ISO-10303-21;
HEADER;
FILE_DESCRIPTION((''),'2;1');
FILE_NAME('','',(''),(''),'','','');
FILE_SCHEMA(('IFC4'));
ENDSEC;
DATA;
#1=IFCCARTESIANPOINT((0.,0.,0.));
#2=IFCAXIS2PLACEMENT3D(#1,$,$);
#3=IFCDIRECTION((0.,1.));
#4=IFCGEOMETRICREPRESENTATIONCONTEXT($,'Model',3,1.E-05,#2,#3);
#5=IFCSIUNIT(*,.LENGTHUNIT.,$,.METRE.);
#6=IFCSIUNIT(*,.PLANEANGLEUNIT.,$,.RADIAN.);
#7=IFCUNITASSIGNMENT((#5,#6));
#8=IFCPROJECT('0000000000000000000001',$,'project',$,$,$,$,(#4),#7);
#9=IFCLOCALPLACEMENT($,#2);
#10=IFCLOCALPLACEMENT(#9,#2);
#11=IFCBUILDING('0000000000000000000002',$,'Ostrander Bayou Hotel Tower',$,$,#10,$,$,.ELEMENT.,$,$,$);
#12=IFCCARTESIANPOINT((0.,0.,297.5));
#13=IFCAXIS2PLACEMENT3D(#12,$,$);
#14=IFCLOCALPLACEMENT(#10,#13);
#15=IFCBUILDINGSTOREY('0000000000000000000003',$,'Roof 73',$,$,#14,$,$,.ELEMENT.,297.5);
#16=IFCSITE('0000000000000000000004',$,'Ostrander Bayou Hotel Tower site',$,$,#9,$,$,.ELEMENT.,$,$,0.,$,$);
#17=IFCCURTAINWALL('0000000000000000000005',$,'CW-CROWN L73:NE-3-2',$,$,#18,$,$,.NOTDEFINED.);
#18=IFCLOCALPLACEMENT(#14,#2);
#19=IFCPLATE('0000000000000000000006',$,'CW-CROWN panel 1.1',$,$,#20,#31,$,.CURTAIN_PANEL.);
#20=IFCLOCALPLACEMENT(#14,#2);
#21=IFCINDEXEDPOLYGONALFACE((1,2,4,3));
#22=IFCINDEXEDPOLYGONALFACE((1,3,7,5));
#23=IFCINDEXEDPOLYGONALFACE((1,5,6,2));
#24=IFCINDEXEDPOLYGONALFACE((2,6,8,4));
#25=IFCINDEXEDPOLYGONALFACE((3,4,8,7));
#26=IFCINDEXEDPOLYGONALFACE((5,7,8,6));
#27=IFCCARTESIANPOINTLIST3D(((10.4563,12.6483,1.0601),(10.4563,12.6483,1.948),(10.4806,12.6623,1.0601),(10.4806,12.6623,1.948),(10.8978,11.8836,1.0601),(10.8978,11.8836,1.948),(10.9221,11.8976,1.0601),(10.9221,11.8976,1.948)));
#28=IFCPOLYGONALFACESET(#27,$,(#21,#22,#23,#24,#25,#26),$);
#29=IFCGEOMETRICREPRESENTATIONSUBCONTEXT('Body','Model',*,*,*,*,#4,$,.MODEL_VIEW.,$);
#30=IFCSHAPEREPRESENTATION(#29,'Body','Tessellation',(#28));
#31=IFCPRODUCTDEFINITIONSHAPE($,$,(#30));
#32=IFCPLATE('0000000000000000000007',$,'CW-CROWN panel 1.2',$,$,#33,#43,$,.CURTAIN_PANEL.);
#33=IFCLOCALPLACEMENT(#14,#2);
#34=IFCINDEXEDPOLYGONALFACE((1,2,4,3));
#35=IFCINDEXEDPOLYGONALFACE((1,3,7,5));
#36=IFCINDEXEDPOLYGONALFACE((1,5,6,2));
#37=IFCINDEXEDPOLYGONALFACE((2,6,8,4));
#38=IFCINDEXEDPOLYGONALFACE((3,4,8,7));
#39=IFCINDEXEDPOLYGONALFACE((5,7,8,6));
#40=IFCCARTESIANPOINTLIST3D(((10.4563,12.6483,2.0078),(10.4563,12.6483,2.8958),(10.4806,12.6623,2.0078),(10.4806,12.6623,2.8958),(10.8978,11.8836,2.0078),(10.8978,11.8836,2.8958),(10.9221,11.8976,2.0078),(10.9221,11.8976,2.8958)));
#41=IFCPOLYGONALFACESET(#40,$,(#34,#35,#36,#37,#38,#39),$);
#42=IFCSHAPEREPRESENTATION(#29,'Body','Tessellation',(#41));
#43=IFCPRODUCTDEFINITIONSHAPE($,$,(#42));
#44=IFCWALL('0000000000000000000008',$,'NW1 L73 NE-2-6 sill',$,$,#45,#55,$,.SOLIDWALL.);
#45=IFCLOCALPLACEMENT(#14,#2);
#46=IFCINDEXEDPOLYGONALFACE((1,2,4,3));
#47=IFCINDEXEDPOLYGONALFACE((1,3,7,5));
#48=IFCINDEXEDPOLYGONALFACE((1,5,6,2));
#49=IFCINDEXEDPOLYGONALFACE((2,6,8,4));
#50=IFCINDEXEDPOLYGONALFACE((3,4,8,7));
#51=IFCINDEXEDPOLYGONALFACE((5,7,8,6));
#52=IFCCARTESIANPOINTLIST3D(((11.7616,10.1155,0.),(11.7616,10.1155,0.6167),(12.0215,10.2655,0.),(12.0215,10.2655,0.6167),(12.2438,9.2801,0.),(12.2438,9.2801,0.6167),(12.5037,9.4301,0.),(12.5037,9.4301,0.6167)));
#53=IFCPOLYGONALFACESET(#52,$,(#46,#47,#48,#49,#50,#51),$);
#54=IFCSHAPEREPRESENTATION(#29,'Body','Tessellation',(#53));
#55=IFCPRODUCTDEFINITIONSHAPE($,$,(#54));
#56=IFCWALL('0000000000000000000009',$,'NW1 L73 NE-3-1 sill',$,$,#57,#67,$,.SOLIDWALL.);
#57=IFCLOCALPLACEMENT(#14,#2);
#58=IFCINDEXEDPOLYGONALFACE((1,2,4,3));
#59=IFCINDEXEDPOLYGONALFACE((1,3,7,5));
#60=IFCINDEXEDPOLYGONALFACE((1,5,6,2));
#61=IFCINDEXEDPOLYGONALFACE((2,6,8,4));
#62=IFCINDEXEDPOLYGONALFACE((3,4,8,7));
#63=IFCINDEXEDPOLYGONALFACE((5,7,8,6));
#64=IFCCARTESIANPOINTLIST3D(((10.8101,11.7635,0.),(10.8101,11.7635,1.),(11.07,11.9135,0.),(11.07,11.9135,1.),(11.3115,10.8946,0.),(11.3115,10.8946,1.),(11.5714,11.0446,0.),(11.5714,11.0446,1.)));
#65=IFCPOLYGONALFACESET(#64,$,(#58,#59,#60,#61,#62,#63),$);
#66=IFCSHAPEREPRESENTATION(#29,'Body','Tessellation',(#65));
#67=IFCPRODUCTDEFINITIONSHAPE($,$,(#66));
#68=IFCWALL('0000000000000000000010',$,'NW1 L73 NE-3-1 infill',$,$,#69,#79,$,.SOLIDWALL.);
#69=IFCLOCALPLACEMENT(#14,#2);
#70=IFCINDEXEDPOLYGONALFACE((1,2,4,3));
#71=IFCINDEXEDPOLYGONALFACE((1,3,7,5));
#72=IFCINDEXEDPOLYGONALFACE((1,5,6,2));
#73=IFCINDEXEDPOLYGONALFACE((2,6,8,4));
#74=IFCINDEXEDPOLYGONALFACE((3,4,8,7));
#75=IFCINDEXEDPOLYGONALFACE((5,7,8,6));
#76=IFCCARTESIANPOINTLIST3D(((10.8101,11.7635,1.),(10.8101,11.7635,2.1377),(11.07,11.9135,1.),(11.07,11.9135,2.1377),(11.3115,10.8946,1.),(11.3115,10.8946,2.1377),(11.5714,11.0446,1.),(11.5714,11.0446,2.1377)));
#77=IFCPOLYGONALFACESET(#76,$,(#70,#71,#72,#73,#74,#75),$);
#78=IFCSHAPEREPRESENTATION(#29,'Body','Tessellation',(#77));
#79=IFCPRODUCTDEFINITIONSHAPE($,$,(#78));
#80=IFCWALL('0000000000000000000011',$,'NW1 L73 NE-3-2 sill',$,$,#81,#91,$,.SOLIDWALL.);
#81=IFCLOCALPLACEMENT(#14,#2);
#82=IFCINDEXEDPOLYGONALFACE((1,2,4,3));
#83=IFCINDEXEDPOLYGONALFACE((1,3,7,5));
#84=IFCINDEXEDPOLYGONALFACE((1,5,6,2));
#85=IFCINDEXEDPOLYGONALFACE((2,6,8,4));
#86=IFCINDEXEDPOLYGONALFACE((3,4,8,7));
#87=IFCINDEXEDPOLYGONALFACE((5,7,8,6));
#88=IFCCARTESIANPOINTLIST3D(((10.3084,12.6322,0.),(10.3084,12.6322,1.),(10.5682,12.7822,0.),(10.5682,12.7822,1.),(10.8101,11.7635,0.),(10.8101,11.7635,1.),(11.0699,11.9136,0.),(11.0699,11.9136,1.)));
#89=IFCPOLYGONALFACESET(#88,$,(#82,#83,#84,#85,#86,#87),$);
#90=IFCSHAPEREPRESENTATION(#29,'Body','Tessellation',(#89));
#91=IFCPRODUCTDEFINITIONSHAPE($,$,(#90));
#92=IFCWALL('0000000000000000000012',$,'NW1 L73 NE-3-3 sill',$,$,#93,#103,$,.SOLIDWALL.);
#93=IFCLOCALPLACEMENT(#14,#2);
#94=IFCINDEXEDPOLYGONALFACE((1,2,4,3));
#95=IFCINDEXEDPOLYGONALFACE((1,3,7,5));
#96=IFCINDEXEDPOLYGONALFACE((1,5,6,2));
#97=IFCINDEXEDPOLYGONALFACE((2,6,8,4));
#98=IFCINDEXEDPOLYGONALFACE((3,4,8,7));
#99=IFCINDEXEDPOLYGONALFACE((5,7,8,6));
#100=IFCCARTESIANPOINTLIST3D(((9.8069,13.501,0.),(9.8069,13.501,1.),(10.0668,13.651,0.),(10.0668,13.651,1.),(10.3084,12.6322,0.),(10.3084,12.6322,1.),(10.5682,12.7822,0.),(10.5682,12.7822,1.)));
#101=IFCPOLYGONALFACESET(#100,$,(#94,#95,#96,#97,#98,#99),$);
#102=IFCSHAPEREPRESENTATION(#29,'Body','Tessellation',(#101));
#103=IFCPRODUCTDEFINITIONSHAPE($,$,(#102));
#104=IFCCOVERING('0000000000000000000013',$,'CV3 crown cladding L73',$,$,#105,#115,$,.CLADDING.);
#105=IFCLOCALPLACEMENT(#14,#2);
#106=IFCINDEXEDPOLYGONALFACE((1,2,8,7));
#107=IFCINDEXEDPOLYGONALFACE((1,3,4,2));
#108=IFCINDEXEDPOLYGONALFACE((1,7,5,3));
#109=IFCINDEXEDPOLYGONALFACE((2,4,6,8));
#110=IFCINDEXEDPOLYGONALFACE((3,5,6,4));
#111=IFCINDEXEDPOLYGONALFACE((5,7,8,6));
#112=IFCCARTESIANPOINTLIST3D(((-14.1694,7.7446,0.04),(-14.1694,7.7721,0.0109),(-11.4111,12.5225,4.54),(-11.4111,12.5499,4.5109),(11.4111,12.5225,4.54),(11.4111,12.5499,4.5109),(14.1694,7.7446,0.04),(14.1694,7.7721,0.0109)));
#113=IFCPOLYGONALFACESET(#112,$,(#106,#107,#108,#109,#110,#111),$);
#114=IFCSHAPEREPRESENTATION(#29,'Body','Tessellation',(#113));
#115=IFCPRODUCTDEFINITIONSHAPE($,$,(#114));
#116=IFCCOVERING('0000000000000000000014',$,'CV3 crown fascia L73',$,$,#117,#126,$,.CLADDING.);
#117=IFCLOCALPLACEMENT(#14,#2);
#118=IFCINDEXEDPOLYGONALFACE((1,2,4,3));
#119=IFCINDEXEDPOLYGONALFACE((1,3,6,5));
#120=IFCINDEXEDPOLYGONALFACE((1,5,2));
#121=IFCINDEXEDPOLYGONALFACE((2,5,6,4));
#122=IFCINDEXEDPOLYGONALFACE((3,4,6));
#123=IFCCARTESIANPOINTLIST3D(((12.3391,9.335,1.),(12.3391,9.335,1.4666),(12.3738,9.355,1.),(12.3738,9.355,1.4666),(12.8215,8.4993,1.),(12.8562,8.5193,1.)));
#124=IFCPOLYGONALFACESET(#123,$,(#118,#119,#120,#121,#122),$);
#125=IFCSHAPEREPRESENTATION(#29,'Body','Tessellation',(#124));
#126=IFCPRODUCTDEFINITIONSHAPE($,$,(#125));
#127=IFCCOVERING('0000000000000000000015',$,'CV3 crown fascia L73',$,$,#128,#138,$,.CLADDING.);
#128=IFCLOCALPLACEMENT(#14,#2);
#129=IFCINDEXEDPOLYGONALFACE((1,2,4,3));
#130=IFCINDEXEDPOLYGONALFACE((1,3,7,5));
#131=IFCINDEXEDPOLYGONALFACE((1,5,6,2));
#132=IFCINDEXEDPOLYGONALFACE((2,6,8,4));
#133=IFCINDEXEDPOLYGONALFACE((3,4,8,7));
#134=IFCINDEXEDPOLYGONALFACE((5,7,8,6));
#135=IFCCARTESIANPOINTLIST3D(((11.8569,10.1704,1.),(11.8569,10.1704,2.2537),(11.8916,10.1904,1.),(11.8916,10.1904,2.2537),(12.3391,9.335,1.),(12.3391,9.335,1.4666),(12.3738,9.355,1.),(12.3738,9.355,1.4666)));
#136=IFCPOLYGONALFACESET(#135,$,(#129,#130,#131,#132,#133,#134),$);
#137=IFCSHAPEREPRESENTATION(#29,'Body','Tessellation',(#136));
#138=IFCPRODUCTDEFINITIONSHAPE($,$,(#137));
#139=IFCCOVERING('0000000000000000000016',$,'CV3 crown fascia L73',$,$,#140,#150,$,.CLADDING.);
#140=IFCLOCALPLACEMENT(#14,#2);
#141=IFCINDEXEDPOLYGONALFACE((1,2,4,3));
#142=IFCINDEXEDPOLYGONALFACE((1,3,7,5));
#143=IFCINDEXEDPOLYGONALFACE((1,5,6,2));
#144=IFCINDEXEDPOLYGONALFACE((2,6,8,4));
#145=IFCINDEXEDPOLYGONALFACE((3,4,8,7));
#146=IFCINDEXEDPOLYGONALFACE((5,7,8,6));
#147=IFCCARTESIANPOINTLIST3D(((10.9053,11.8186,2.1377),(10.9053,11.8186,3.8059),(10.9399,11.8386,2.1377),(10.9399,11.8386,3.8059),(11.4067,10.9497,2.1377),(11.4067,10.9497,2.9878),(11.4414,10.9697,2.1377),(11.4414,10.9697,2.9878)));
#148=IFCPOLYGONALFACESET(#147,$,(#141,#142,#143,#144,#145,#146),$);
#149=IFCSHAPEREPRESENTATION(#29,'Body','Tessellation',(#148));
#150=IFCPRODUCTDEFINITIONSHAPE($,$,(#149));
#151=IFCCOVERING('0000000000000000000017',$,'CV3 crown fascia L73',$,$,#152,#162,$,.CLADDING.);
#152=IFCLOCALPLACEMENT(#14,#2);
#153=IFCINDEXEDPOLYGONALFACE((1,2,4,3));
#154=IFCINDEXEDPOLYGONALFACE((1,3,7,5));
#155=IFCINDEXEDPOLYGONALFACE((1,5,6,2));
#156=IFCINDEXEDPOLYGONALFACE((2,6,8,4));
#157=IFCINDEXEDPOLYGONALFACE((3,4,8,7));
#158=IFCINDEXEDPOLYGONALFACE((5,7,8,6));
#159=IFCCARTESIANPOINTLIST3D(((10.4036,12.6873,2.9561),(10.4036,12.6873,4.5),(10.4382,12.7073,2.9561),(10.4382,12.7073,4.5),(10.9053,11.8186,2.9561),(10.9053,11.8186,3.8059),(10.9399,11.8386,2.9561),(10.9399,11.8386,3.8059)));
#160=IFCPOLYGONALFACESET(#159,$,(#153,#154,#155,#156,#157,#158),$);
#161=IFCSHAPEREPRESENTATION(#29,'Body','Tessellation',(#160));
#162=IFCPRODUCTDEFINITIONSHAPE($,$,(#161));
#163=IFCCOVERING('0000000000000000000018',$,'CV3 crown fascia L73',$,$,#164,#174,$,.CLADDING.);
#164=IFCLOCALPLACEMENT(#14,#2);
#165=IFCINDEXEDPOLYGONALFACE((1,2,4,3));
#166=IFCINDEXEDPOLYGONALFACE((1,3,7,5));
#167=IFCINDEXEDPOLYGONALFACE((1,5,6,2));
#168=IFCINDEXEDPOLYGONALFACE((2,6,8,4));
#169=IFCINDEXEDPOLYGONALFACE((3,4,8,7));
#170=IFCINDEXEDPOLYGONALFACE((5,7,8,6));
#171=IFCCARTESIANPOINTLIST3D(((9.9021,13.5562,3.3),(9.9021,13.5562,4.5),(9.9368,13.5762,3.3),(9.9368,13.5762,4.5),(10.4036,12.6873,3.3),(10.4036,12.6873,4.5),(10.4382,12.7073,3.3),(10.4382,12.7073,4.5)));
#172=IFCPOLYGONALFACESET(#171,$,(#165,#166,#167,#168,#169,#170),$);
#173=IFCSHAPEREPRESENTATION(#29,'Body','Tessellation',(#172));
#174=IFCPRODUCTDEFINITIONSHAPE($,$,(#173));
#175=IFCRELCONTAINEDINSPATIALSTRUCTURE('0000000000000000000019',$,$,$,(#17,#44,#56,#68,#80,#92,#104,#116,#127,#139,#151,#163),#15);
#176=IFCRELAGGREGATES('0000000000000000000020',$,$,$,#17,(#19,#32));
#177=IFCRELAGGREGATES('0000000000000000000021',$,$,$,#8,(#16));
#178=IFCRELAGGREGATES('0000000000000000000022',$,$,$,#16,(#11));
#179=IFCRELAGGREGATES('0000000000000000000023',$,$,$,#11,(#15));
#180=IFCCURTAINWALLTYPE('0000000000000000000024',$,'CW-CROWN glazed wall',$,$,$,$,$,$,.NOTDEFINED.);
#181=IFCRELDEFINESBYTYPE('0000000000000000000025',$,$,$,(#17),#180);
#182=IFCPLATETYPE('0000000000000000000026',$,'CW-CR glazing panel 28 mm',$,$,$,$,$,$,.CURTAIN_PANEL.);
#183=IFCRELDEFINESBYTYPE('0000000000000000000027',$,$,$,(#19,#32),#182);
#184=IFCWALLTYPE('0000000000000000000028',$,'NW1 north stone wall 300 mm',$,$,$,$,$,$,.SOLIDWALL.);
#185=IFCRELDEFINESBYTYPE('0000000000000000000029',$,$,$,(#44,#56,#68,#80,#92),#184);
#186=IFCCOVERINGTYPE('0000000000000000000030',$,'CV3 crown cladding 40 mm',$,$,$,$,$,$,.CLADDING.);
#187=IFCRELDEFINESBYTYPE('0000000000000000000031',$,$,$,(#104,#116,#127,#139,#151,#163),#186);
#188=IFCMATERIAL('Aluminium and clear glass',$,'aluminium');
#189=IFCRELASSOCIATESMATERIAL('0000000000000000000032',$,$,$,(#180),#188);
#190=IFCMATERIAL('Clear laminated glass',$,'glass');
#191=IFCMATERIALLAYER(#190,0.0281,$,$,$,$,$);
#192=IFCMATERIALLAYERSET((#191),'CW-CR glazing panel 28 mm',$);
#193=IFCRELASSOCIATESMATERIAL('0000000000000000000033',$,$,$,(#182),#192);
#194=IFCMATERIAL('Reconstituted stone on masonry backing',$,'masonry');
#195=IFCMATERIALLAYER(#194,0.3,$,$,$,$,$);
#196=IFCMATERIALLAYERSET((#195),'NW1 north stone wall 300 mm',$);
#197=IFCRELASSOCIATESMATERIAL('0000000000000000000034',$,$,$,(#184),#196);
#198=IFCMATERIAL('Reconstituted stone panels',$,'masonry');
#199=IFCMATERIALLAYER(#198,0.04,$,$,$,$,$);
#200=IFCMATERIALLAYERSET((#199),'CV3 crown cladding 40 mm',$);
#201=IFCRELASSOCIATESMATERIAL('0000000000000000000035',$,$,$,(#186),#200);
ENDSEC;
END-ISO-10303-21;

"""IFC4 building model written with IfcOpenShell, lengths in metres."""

from ifc_helpers import new_model, si_unit, direction, frame, frame_2d, origin, origin_2d, place, context, subcontext, project, spatial, polyline, rectangle, outline, extrude, material, layer, layer_set, type_object, element, aggregate, save


model = new_model("IFC4")

# Units and contexts
model_context = context("Model", 3, precision=1e-05, world=origin(), true_north=direction((0.0, 1.0)))
body_context = subcontext(model_context, "Body", "Model", "MODEL_VIEW")
ifc_project = project(units=[si_unit("LENGTHUNIT", "METRE"), si_unit("PLANEANGLEUNIT", "RADIAN")], contexts=[model_context])

# Site, building, storey
site_placement = place(None, origin())
site = spatial("IfcSite", under=ifc_project, at=site_placement, Name="Ostrander Bayou Hotel Tower site", CompositionType="ELEMENT", RefElevation=0.0)
building_placement = place(site_placement, origin())
building = spatial("IfcBuilding", under=site, at=building_placement, Name="Ostrander Bayou Hotel Tower", CompositionType="ELEMENT")
storey_placement = place(building_placement, frame((0.0, 0.0, 297.5)))
storey = spatial("IfcBuildingStorey", under=building, at=storey_placement, Name="Roof 73", CompositionType="ELEMENT", Elevation=297.5)

# Curtain wall
ifc_material_1 = material(Name="Aluminium and clear glass", Category="aluminium")
curtain_wall_type = type_object("IfcCurtainWallType", Name="CW-CROWN glazed wall", PredefinedType="NOTDEFINED", material=ifc_material_1)
curtain_wall_1_placement = place(storey_placement, origin())
curtain_wall_1 = element("IfcCurtainWall", 1, at=curtain_wall_1_placement, inside=storey, type_object=curtain_wall_type, Name="CW-CROWN L73:NE-3-2", PredefinedType="NOTDEFINED")

# Plates
ifc_material_2 = material(Name="Clear laminated glass", Category="glass")
ifc_layer_1 = layer(ifc_material_2, 0.0281)
ifc_layer_set_1 = layer_set([ifc_layer_1], Name="CW-CR glazing panel 28 mm")
plate_type = type_object("IfcPlateType", Name="CW-CR glazing panel 28 mm", PredefinedType="CURTAIN_PANEL", material=ifc_layer_set_1)
plate_1_placement = place(storey_placement, frame((10.6892, 12.2729, 1.0601), z_axis=(0.0, 0.0, 1.0), x_axis=(-0.500042, 0.866001, 0.0)))
plate_1 = element("IfcPlate", 2, at=plate_1_placement, type_object=plate_type, Name="CW-CROWN panel 1.1", PredefinedType="CURTAIN_PANEL", context=body_context, shape_type="SweptSolid", body=[
    extrude(rectangle(XDim=0.8831, YDim=0.0281, at=origin_2d()), origin(), (0.0, 0.0, 1.0), 0.8879),
])
plate_2_placement = place(storey_placement, frame((10.6892, 12.2729, 2.0078), z_axis=(0.0, 0.0, 1.0), x_axis=(-0.500042, 0.866001, 0.0)))
plate_2 = element("IfcPlate", 3, at=plate_2_placement, type_object=plate_type, Name="CW-CROWN panel 1.2", PredefinedType="CURTAIN_PANEL", context=body_context, shape_type="SweptSolid", body=[
    extrude(rectangle(XDim=0.8831, YDim=0.0281, at=origin_2d()), origin(), (0.0, 0.0, 1.0), 0.8879),
])
aggregate(curtain_wall_1, [plate_1, plate_2])

# Walls
ifc_material_3 = material(Name="Reconstituted stone on masonry backing", Category="masonry")
ifc_layer_2 = layer(ifc_material_3, 0.3)
ifc_layer_set_2 = layer_set([ifc_layer_2], Name="NW1 north stone wall 300 mm")
wall_type = type_object("IfcWallType", Name="NW1 north stone wall 300 mm", PredefinedType="SOLIDWALL", material=ifc_layer_set_2)
wall_1_placement = place(storey_placement, frame((12.3738, 9.355, 0.0), z_axis=(0.0, 0.0, 1.0), x_axis=(-0.499869, 0.866101, 0.0)))
element("IfcWall", 4, at=wall_1_placement, inside=storey, type_object=wall_type, Name="NW1 L73 NE-2-6 sill", PredefinedType="SOLIDWALL", context=body_context, shape_type="SweptSolid", body=[
    extrude(rectangle(XDim=0.9646, YDim=0.3, at=frame_2d((0.4824, 0.0))), origin(), (0.0, 0.0, 1.0), 0.6167),
])
wall_2_placement = place(storey_placement, frame((11.4414, 10.9697, 0.0), z_axis=(0.0, 0.0, 1.0), x_axis=(-0.499856, 0.866109, 0.0)))
element("IfcWall", 5, at=wall_2_placement, inside=storey, type_object=wall_type, Name="NW1 L73 NE-3-1 sill", PredefinedType="SOLIDWALL", context=body_context, shape_type="SweptSolid", body=[
    extrude(rectangle(XDim=1.0032, YDim=0.3, at=frame_2d((0.5015, 0.0))), origin(), (0.0, 0.0, 1.0), 1.0),
])
wall_3_placement = place(storey_placement, frame((11.4414, 10.9697, 1.0), z_axis=(0.0, 0.0, 1.0), x_axis=(-0.499856, 0.866109, 0.0)))
element("IfcWall", 6, at=wall_3_placement, inside=storey, type_object=wall_type, Name="NW1 L73 NE-3-1 infill", PredefinedType="SOLIDWALL", context=body_context, shape_type="SweptSolid", body=[
    extrude(rectangle(XDim=1.0032, YDim=0.3, at=frame_2d((0.5015, 0.0))), origin(), (0.0, 0.0, 1.0), 1.1377),
])
for number, where, z_axis, x_axis, name in (
    (7, (10.9399, 11.8386, 0.0), (0.0, 0.0, 1.0), (-0.500144, 0.865942, 0.0), "NW1 L73 NE-3-2 sill"),
    (8, (10.4382, 12.7073, 0.0), (0.0, 0.0, 1.0), (-0.499856, 0.866109, 0.0), "NW1 L73 NE-3-3 sill"),
):
    element("IfcWall", number, at=place(storey_placement, frame(where, z_axis=z_axis, x_axis=x_axis)), inside=storey, type_object=wall_type, Name=name, PredefinedType="SOLIDWALL", context=body_context, shape_type="SweptSolid", body=[
        extrude(rectangle(XDim=1.0032, YDim=0.3, at=frame_2d((0.5015, 0.0))), origin(), (0.0, 0.0, 1.0), 1.0),
    ])

# Coverings
ifc_material_4 = material(Name="Reconstituted stone panels", Category="masonry")
ifc_layer_3 = layer(ifc_material_4, 0.04)
ifc_layer_set_3 = layer_set([ifc_layer_3], Name="CV3 crown cladding 40 mm")
covering_type = type_object("IfcCoveringType", Name="CV3 crown cladding 40 mm", PredefinedType="CLADDING", material=ifc_layer_set_3)
covering_1_placement = place(storey_placement, frame((14.1694, 7.7446, 0.04), z_axis=(0.0, -0.685625, 0.727955), x_axis=(-1.0, 0.0, 0.0)))
element("IfcCovering", 9, at=covering_1_placement, inside=storey, type_object=covering_type, Name="CV3 crown cladding L73", PredefinedType="CLADDING", context=body_context, shape_type="SweptSolid", body=[
    extrude(outline(polyline([(0.0, 0.0), (28.3389, 0.0), (25.5806, -6.5634), (2.7583, -6.5634), (0.0, 0.0)])), origin(), (0.0, 0.0, -1.0), 0.04),
])
covering_2_placement = place(storey_placement, frame((12.8562, 8.5193, 1.0), z_axis=(0.866055, 0.499949, 0.0), x_axis=(-0.499949, 0.866055, 0.0)))
element("IfcCovering", 10, at=covering_2_placement, inside=storey, type_object=covering_type, Name="CV3 crown fascia L73", PredefinedType="CLADDING", context=body_context, shape_type="SweptSolid", body=[
    extrude(outline(polyline([(0.0, 0.0), (0.9649, 0.0), (0.9649, 0.4666), (0.0, 0.0), (0.0, 0.0)])), origin(), (0.0, 0.0, -1.0), 0.04),
])
covering_3_placement = place(storey_placement, frame((12.3738, 9.355, 1.0), z_axis=(0.866101, 0.499869, 0.0), x_axis=(-0.499869, 0.866101, 0.0)))
element("IfcCovering", 11, at=covering_3_placement, inside=storey, type_object=covering_type, Name="CV3 crown fascia L73", PredefinedType="CLADDING", context=body_context, shape_type="SweptSolid", body=[
    extrude(outline(polyline([(0.0, 0.0), (0.9646, 0.0), (0.9646, 1.2537), (0.0, 0.4666), (0.0, 0.0)])), origin(), (0.0, 0.0, -1.0), 0.04),
])
covering_4_placement = place(storey_placement, frame((11.4414, 10.9697, 2.1377), z_axis=(0.866109, 0.499856, 0.0), x_axis=(-0.499856, 0.866109, 0.0)))
element("IfcCovering", 12, at=covering_4_placement, inside=storey, type_object=covering_type, Name="CV3 crown fascia L73", PredefinedType="CLADDING", context=body_context, shape_type="SweptSolid", body=[
    extrude(outline(polyline([(0.0, 0.0), (1.0032, 0.0), (1.0032, 1.6682), (0.0, 0.8501), (0.0, 0.0)])), origin(), (0.0, 0.0, -1.0), 0.04),
])
covering_5_placement = place(storey_placement, frame((10.9399, 11.8386, 2.9561), z_axis=(0.865942, 0.500144, 0.0), x_axis=(-0.500144, 0.865942, 0.0)))
element("IfcCovering", 13, at=covering_5_placement, inside=storey, type_object=covering_type, Name="CV3 crown fascia L73", PredefinedType="CLADDING", context=body_context, shape_type="SweptSolid", body=[
    extrude(outline(polyline([(0.0, 0.0), (1.0031, 0.0), (1.0031, 1.5439), (0.0, 0.8499), (0.0, 0.0)])), origin(), (0.0, 0.0, -1.0), 0.04),
])
covering_6_placement = place(storey_placement, frame((10.4382, 12.7073, 3.3), z_axis=(0.866109, 0.499856, 0.0), x_axis=(-0.499856, 0.866109, 0.0)))
element("IfcCovering", 14, at=covering_6_placement, inside=storey, type_object=covering_type, Name="CV3 crown fascia L73", PredefinedType="CLADDING", context=body_context, shape_type="SweptSolid", body=[
    extrude(outline(polyline([(0.0, 0.0), (1.0032, 0.0), (1.0032, 1.2), (0.0, 1.2), (0.0, 0.0)])), origin(), (0.0, 0.0, -1.0), 0.04),
])

save(model, "model.ifc")
